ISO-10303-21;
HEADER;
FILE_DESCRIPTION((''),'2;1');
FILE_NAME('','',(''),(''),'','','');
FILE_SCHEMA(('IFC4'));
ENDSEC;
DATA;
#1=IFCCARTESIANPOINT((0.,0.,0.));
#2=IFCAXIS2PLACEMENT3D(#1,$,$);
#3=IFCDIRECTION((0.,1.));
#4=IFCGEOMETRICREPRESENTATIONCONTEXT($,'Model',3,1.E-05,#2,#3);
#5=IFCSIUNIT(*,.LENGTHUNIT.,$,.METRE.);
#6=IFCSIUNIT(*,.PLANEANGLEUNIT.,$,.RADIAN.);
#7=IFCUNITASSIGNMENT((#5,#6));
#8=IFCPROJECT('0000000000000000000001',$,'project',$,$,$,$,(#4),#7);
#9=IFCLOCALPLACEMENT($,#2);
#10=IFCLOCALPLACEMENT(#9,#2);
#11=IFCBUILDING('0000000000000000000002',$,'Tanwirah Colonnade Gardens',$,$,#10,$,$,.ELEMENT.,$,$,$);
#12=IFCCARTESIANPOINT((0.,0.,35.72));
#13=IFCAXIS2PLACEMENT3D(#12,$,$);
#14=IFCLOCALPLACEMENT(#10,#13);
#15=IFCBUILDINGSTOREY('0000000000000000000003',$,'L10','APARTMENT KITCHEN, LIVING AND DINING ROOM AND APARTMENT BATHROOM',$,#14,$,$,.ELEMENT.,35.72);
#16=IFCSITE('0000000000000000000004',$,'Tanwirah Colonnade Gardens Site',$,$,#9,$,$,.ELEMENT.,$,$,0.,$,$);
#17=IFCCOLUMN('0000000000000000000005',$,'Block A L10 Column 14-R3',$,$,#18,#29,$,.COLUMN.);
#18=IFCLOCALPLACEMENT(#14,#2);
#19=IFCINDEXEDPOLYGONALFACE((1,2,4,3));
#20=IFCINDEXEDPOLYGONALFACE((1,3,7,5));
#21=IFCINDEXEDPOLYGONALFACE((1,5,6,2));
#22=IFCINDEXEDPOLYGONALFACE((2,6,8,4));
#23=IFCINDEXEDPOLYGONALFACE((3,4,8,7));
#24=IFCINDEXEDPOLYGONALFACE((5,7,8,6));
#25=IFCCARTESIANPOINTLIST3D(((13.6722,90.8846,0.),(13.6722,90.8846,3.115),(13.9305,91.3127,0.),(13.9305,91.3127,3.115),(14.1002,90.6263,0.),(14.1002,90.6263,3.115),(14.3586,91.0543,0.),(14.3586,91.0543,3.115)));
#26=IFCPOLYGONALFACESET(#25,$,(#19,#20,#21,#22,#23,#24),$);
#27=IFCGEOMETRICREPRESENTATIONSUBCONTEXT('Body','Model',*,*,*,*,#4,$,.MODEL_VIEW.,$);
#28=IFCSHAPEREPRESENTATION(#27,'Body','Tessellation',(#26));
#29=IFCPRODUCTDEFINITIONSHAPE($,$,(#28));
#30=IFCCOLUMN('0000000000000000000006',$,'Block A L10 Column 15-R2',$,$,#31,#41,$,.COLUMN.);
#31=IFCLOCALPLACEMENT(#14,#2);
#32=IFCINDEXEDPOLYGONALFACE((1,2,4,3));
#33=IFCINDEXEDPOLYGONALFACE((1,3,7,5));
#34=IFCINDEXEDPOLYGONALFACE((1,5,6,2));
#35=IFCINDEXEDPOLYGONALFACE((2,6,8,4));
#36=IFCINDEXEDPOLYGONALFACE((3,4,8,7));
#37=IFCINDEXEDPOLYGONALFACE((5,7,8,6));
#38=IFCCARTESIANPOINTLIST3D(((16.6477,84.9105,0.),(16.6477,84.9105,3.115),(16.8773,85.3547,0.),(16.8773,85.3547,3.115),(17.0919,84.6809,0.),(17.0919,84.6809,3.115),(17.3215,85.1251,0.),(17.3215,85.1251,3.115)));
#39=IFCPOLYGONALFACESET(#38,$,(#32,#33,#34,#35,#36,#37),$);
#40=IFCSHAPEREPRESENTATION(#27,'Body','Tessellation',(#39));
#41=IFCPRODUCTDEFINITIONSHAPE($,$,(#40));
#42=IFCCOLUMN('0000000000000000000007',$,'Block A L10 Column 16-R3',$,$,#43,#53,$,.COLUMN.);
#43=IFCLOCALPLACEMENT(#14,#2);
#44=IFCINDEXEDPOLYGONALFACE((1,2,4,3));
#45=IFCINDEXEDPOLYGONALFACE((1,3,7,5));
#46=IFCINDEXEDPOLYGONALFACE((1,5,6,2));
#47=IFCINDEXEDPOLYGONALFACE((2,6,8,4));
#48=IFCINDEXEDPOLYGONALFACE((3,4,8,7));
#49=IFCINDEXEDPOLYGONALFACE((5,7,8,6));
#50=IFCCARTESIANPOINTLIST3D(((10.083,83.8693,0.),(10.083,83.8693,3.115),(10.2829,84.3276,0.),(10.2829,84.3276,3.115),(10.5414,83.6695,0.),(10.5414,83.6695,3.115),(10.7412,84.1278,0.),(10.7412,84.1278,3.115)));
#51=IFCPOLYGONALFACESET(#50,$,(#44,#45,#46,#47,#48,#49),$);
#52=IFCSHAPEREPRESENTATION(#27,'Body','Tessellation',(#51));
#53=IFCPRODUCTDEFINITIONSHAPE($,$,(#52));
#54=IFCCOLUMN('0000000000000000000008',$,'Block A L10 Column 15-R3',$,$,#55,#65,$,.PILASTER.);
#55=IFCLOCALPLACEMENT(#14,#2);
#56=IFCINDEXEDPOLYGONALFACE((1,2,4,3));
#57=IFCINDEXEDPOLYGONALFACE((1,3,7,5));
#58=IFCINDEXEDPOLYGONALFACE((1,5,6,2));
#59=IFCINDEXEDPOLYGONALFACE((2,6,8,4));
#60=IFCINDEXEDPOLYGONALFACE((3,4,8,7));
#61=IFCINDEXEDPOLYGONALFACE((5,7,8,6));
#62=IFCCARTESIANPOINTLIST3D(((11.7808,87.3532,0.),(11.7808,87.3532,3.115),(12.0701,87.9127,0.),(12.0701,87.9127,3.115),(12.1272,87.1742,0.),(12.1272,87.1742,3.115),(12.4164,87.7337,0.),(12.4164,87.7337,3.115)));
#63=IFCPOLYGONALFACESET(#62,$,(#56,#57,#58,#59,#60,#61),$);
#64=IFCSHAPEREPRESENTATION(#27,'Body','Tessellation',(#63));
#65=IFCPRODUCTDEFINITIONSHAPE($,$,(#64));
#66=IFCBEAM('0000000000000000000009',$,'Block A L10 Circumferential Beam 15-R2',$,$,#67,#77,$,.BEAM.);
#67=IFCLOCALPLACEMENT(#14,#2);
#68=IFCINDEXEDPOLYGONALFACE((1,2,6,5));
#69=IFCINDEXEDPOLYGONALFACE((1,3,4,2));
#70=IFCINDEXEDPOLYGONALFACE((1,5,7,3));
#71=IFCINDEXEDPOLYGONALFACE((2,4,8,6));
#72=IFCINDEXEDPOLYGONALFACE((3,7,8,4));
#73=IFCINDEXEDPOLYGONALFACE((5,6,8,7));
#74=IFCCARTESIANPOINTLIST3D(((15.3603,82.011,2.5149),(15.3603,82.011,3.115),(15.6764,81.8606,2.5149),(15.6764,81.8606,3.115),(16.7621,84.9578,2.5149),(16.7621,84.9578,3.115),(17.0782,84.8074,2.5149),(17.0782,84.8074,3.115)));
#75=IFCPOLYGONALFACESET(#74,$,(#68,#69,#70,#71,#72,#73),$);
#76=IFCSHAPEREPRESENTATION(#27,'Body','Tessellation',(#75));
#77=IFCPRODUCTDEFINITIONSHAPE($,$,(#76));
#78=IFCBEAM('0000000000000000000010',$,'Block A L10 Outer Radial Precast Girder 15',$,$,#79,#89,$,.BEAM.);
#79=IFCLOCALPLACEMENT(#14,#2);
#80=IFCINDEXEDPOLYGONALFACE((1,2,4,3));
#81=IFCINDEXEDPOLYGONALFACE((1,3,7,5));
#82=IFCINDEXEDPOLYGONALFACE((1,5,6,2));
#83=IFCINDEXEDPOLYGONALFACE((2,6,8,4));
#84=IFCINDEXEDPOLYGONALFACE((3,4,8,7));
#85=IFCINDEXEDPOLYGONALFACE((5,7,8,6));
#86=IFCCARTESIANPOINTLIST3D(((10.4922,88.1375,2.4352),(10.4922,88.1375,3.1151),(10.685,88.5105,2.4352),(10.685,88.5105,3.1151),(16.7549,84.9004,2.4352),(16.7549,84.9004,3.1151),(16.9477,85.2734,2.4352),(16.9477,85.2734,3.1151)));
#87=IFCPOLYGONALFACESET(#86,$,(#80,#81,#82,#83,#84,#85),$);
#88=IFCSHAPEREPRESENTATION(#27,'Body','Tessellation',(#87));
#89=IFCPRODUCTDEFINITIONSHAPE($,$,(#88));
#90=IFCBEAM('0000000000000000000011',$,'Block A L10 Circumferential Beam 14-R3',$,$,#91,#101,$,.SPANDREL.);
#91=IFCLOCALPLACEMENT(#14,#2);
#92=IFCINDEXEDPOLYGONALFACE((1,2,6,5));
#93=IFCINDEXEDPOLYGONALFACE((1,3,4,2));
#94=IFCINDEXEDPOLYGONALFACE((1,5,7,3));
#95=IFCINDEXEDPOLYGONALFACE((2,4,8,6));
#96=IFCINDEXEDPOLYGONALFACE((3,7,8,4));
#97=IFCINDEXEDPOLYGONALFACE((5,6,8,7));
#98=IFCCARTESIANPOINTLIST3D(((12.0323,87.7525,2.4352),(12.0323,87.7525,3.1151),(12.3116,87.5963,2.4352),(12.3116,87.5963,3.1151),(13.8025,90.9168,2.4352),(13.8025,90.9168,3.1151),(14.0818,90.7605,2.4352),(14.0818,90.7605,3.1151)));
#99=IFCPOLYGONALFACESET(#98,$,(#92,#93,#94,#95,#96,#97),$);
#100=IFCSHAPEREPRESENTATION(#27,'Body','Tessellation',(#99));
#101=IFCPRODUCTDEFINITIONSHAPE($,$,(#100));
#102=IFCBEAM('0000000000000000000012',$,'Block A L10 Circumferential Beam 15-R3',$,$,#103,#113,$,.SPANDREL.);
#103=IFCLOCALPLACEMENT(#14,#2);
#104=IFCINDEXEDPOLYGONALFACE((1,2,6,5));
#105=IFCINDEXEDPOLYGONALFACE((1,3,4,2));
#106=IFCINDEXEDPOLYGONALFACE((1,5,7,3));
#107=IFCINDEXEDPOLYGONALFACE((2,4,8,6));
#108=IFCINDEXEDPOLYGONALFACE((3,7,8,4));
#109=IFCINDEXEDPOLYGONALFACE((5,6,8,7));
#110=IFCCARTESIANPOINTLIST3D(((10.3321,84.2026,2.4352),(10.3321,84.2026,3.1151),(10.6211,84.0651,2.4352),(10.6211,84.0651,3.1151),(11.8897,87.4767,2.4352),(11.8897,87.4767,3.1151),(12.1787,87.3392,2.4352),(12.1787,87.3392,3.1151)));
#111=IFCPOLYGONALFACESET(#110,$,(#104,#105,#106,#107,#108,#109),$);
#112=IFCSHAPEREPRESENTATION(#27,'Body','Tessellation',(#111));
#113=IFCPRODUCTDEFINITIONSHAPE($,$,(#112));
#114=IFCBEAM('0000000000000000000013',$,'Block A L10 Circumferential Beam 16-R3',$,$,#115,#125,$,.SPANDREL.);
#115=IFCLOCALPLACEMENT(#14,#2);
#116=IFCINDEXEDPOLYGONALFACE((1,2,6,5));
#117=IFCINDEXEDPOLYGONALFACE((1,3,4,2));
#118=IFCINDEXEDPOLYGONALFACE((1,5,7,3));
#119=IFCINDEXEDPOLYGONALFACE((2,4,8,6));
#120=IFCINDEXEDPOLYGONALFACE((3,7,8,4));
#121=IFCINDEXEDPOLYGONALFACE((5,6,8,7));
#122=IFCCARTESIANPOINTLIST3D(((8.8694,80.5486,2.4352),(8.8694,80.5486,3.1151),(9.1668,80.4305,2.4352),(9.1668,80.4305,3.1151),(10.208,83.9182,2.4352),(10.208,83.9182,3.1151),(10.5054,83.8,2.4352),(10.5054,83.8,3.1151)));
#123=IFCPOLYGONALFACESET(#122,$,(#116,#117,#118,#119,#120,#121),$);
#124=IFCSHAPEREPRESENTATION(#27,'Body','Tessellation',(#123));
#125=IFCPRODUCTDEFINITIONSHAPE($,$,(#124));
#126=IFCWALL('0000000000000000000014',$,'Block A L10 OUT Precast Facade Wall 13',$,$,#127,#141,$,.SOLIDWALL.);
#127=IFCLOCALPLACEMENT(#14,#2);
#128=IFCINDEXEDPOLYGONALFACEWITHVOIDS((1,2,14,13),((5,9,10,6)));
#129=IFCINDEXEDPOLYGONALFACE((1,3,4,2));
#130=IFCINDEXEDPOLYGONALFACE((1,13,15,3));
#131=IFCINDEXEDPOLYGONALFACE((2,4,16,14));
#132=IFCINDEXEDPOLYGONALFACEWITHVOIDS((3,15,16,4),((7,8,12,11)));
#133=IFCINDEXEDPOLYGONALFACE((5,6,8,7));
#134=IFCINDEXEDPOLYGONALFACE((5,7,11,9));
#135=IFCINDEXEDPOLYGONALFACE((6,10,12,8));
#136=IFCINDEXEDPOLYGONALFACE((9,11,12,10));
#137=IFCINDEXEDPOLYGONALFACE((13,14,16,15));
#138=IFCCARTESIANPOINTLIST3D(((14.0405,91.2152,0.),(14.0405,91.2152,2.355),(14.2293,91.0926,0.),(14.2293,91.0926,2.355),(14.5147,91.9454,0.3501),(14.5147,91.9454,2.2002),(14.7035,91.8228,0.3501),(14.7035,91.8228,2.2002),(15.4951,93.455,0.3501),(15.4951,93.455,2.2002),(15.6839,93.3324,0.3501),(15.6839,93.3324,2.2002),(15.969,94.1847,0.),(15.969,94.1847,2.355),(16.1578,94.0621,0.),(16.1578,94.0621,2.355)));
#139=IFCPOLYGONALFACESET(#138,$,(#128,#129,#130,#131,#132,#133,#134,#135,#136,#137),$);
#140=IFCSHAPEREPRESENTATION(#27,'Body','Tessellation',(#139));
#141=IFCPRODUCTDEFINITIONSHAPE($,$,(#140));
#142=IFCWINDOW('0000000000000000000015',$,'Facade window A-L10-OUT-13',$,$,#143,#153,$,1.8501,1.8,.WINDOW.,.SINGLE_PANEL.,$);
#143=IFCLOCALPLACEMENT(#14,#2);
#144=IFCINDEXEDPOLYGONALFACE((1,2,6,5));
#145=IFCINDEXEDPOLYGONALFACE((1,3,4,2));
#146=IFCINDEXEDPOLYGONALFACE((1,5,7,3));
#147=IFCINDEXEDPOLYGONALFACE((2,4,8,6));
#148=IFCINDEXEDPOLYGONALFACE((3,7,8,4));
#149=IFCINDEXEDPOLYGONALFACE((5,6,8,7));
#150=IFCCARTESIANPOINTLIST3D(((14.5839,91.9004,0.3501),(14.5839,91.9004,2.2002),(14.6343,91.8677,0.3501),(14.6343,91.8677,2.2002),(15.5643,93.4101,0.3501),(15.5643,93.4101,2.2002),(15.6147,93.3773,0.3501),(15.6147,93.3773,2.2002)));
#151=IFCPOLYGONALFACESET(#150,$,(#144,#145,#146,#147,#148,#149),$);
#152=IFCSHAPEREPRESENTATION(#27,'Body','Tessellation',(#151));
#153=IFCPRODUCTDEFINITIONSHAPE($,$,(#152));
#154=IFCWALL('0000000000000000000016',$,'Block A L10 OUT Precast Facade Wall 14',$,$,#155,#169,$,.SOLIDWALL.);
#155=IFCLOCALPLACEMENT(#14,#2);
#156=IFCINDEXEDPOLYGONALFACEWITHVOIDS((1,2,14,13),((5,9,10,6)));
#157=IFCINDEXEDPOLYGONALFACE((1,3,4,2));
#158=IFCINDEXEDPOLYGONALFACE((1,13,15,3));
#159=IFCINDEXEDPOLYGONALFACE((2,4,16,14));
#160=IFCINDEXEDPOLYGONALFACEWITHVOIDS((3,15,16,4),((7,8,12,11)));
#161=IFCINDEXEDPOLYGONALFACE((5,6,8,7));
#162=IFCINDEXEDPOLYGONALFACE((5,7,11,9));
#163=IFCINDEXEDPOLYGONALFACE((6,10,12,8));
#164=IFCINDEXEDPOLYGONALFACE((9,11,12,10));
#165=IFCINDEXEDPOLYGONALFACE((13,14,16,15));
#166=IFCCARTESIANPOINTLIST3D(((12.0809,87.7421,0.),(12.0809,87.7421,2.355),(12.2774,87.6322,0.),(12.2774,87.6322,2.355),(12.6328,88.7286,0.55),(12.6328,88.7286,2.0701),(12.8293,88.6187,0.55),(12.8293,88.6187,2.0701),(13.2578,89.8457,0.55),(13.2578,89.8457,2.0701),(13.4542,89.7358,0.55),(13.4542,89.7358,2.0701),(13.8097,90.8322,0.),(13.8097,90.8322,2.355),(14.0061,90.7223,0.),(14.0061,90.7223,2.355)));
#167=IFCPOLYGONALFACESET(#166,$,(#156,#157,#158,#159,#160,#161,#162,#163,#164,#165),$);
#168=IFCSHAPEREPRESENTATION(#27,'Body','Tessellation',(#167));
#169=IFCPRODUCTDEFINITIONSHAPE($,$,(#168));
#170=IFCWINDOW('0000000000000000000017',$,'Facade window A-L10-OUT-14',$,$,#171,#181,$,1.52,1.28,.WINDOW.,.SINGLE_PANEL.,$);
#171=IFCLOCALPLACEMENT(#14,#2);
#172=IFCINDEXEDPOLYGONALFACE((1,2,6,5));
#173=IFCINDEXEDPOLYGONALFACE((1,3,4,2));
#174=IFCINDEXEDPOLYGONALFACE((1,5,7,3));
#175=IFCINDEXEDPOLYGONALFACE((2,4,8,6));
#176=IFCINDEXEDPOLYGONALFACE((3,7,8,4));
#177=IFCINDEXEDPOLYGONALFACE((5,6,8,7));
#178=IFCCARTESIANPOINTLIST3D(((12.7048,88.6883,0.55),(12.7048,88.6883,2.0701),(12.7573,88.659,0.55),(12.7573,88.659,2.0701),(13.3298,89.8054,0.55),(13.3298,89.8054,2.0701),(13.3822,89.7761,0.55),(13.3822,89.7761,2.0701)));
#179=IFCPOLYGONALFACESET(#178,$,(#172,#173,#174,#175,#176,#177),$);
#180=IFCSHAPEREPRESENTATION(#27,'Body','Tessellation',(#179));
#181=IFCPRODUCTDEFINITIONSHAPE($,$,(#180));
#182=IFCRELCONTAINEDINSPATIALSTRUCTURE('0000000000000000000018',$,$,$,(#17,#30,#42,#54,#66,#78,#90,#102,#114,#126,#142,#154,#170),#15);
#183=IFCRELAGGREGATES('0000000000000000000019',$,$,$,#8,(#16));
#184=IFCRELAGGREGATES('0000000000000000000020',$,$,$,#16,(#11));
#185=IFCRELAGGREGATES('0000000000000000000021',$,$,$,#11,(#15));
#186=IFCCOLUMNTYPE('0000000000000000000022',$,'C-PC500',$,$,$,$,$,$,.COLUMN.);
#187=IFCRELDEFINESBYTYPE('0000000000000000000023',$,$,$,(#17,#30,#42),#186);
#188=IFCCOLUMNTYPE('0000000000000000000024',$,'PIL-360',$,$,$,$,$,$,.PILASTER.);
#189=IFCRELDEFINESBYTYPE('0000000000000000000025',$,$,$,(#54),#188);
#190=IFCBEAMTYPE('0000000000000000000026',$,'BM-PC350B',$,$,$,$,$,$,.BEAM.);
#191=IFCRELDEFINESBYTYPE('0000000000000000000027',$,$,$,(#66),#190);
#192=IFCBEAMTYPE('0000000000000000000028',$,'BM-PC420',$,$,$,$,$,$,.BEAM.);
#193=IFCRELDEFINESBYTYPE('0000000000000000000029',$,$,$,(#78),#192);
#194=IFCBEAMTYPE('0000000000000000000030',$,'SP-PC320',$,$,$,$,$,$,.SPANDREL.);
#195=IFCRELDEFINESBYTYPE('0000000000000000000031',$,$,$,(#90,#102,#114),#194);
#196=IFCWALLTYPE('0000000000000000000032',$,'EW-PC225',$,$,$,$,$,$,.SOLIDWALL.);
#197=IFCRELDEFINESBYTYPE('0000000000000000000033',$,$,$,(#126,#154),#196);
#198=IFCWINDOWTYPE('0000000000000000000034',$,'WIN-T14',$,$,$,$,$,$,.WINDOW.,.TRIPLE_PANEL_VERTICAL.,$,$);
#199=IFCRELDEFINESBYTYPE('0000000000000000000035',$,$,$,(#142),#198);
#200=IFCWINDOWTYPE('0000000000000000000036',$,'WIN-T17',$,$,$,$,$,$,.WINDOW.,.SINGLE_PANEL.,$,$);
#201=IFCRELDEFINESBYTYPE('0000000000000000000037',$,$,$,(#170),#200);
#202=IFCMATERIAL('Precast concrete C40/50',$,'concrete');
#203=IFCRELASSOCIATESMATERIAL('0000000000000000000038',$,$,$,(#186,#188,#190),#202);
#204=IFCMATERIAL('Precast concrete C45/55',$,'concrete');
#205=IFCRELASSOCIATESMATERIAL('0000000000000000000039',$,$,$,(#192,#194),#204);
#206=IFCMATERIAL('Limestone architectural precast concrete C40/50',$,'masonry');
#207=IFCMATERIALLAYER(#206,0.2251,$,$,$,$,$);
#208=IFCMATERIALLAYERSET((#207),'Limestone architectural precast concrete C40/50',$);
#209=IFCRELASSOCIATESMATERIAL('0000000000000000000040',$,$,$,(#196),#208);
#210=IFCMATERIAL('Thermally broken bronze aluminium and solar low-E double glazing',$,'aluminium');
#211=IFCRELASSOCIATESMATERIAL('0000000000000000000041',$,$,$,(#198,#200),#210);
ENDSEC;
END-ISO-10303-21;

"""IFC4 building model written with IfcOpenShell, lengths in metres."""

from ifc_helpers import new_model, si_unit, direction, frame, frame_2d, origin, origin_2d, place, context, subcontext, project, spatial, rectangle, extrude, material, layer, layer_set, material_profile, profile_set, type_object, element, fill, save


model = new_model("IFC4")

# Units and contexts
model_context = context("Model", 3, precision=1e-05, world=origin(), true_north=direction((0.0, 1.0)))
body_context = subcontext(model_context, "Body", "Model", "MODEL_VIEW")
ifc_project = project(units=[si_unit("LENGTHUNIT", "METRE"), si_unit("PLANEANGLEUNIT", "RADIAN")], contexts=[model_context])

# Site, building, storey
site_placement = place(None, origin())
site = spatial("IfcSite", under=ifc_project, at=site_placement, Name="Tanwirah Colonnade Gardens Site", CompositionType="ELEMENT", RefElevation=0.0)
building_placement = place(site_placement, origin())
building = spatial("IfcBuilding", under=site, at=building_placement, Name="Tanwirah Colonnade Gardens", CompositionType="ELEMENT")
storey_placement = place(building_placement, frame((0.0, 0.0, 35.72)))
storey = spatial("IfcBuildingStorey", under=building, at=storey_placement, Name="L10", Description="APARTMENT KITCHEN, LIVING AND DINING ROOM AND APARTMENT BATHROOM", CompositionType="ELEMENT", Elevation=35.72)

# Columns
ifc_material_1 = material(Name="Precast concrete C40/50", Category="concrete")
ifc_material_profile_1 = material_profile(ifc_material_1, rectangle(XDim=0.5, YDim=0.5, at=origin_2d()), Name="PC-COL 500x500")
ifc_profile_set_1 = profile_set([ifc_material_profile_1], Name="Precast concrete C40/50")
column_type_1 = type_object("IfcColumnType", Name="C-PC500", PredefinedType="COLUMN", material=ifc_profile_set_1)
for number, where, z_axis, x_axis, name in (
    (1, (14.0154, 90.9695, 0.0), (0.0, 0.0, 1.0), (-0.856167, 0.516699, 0.0), "Block A L10 Column 14-R3"),
    (2, (16.9846, 85.0178, 0.0), (0.0, 0.0, 1.0), (-0.88835, 0.459166, 0.0), "Block A L10 Column 15-R2"),
    (3, (10.4121, 83.9985, 0.0), (0.0, 0.0, 1.0), (-0.916673, 0.399638, 0.0), "Block A L10 Column 16-R3"),
):
    element("IfcColumn", number, at=place(storey_placement, frame(where, z_axis=z_axis, x_axis=x_axis)), inside=storey, type_object=column_type_1, Name=name, PredefinedType="COLUMN", context=body_context, shape_type="SweptSolid", body=[
        extrude(rectangle(XDim=0.5, YDim=0.5, at=origin_2d()), origin(), (0.0, 0.0, 1.0), 3.115),
    ])
ifc_material_profile_2 = material_profile(ifc_material_1, rectangle(XDim=0.3899, YDim=0.6299, at=origin_2d()), Name="PC-PIL 390x630")
ifc_profile_set_2 = profile_set([ifc_material_profile_2], Name="Precast concrete C40/50")
column_type_2 = type_object("IfcColumnType", Name="PIL-360", PredefinedType="PILASTER", material=ifc_profile_set_2)
column_placement = place(storey_placement, frame((12.0986, 87.5435, 0.0), z_axis=(0.0, 0.0, 1.0), x_axis=(-0.88835, 0.459166, 0.0)))
element("IfcColumn", 4, at=column_placement, inside=storey, type_object=column_type_2, Name="Block A L10 Column 15-R3", PredefinedType="PILASTER", context=body_context, shape_type="SweptSolid", body=[
    extrude(rectangle(XDim=0.3899, YDim=0.6299, at=origin_2d()), origin(), (0.0, 0.0, 1.0), 3.115),
])

# Beams
ifc_material_profile_3 = material_profile(ifc_material_1, rectangle(XDim=0.3501, YDim=0.6001, at=origin_2d()), Name="PC-BM 350x600")
ifc_profile_set_3 = profile_set([ifc_material_profile_3], Name="Precast concrete C40/50")
beam_type_1 = type_object("IfcBeamType", Name="BM-PC350B", PredefinedType="BEAM", material=ifc_profile_set_3)
beam_1_placement = place(storey_placement, frame((16.9202, 84.8826, 2.8149), z_axis=(-0.429591, -0.903024, 0.0), x_axis=(0.903024, -0.429591, 0.0)))
element("IfcBeam", 5, at=beam_1_placement, inside=storey, type_object=beam_type_1, Name="Block A L10 Circumferential Beam 15-R2", PredefinedType="BEAM", context=body_context, shape_type="SweptSolid", body=[
    extrude(rectangle(XDim=0.3501, YDim=0.6001, at=origin_2d()), origin(), (0.0, 0.0, 1.0), 3.2632),
])
ifc_material_2 = material(Name="Precast concrete C45/55", Category="concrete")
ifc_material_profile_4 = material_profile(ifc_material_2, rectangle(XDim=0.4199, YDim=0.6799, at=origin_2d()), Name="PC-BM 420x680")
ifc_profile_set_4 = profile_set([ifc_material_profile_4], Name="Precast concrete C45/55")
beam_type_2 = type_object("IfcBeamType", Name="BM-PC420", PredefinedType="BEAM", material=ifc_profile_set_4)
beam_2_placement = place(storey_placement, frame((16.8513, 85.0869, 2.7751), z_axis=(-0.888349, 0.459169, 0.0), x_axis=(-0.459169, -0.888349, 0.0)))
element("IfcBeam", 6, at=beam_2_placement, inside=storey, type_object=beam_type_2, Name="Block A L10 Outer Radial Precast Girder 15", PredefinedType="BEAM", context=body_context, shape_type="SweptSolid", body=[
    extrude(rectangle(XDim=0.4199, YDim=0.6799, at=origin_2d()), origin(), (0.0, 0.0, 1.0), 7.0498),
])
ifc_material_profile_5 = material_profile(ifc_material_2, rectangle(XDim=0.3201, YDim=0.6799, at=origin_2d()), Name="PC-SP 320x680")
ifc_profile_set_5 = profile_set([ifc_material_profile_5], Name="Precast concrete C45/55")
beam_type_3 = type_object("IfcBeamType", Name="SP-PC320", PredefinedType="SPANDREL", material=ifc_profile_set_5)
for number, where, z_axis, x_axis, name in (
    (7, (13.9421, 90.8386, 2.7751), (-0.488236, -0.872711, 0.0), (0.872711, -0.488236, 0.0), "Block A L10 Circumferential Beam 14-R3"),
    (8, (12.0342, 87.408, 2.7751), (-0.429594, -0.903022, 0.0), (0.903022, -0.429594, 0.0), "Block A L10 Circumferential Beam 15-R3"),
    (9, (10.3567, 83.8591, 2.7751), (-0.369195, -0.929352, 0.0), (0.929352, -0.369195, 0.0), "Block A L10 Circumferential Beam 16-R3"),
):
    element("IfcBeam", number, at=place(storey_placement, frame(where, z_axis=z_axis, x_axis=x_axis)), inside=storey, type_object=beam_type_3, Name=name, PredefinedType="SPANDREL", context=body_context, shape_type="SweptSolid", body=[
        extrude(rectangle(XDim=0.3201, YDim=0.6799, at=origin_2d()), origin(), (0.0, 0.0, 1.0), 3.6257),
    ])

# Walls, openings, windows
ifc_material_3 = material(Name="Limestone architectural precast concrete C40/50", Category="masonry")
ifc_layer_1 = layer(ifc_material_3, 0.2251)
ifc_layer_set_1 = layer_set([ifc_layer_1], Name="Limestone architectural precast concrete C40/50")
wall_type_1 = type_object("IfcWallType", Name="EW-PC225", PredefinedType="SOLIDWALL", material=ifc_layer_set_1)
wall_1_placement = place(storey_placement, frame((16.0635, 94.1235, 0.0), z_axis=(0.0, 0.0, 1.0), x_axis=(-0.544651, -0.838663, 0.0)))
wall_1 = element("IfcWall", 10, at=wall_1_placement, inside=storey, type_object=wall_type_1, Name="Block A L10 OUT Precast Facade Wall 13", PredefinedType="SOLIDWALL", context=body_context, shape_type="SweptSolid", body=[
    extrude(rectangle(XDim=3.5408, YDim=0.2251, at=frame_2d((1.7705, 0.0))), origin(), (0.0, 0.0, 1.0), 2.355),
])
opening_1_placement = place(wall_1_placement, frame((0.8704, 0.0, 0.3501)))
opening_1 = element("IfcOpeningElement", 11, at=opening_1_placement, cuts=wall_1, PredefinedType="OPENING", context=body_context, shape_type="SweptSolid", body=[
    extrude(rectangle(XDim=1.8, YDim=1.8501, at=frame_2d((0.8999, 0.925))), frame((0.0, 0.1226, 0.0), z_axis=(0.0, -1.0, 0.0), x_axis=(1.0, 0.0, 0.0)), (0.0, 0.0, 1.0), 0.2451),
])
ifc_material_4 = material(Name="Thermally broken bronze aluminium and solar low-E double glazing", Category="aluminium")
window_type_1 = type_object("IfcWindowType", Name="WIN-T14", PartitioningType="TRIPLE_PANEL_VERTICAL", PredefinedType="WINDOW", material=ifc_material_4)
window_1_placement = place(opening_1_placement, origin())
window_1 = element("IfcWindow", 12, at=window_1_placement, inside=storey, type_object=window_type_1, Name="Facade window A-L10-OUT-13", OverallHeight=1.8501, OverallWidth=1.8, PartitioningType="SINGLE_PANEL", PredefinedType="WINDOW", context=body_context, shape_type="SweptSolid", body=[
    extrude(rectangle(XDim=1.8, YDim=1.8501, at=frame_2d((0.8999, 0.925))), frame((0.0, 0.03, 0.0), z_axis=(0.0, -1.0, 0.0), x_axis=(1.0, 0.0, 0.0)), (0.0, 0.0, 1.0), 0.0601),
])
fill(opening_1, window_1)
wall_2_placement = place(storey_placement, frame((13.908, 90.7773, 0.0), z_axis=(0.0, 0.0, 1.0), x_axis=(-0.48824, -0.872709, 0.0)))
wall_2 = element("IfcWall", 13, at=wall_2_placement, inside=storey, type_object=wall_type_1, Name="Block A L10 OUT Precast Facade Wall 14", PredefinedType="SOLIDWALL", context=body_context, shape_type="SweptSolid", body=[
    extrude(rectangle(XDim=3.5408, YDim=0.2251, at=frame_2d((1.7705, 0.0))), origin(), (0.0, 0.0, 1.0), 2.355),
])
opening_2_placement = place(wall_2_placement, frame((1.1304, 0.0, 0.55)))
opening_2 = element("IfcOpeningElement", 14, at=opening_2_placement, cuts=wall_2, PredefinedType="OPENING", context=body_context, shape_type="SweptSolid", body=[
    extrude(rectangle(XDim=1.28, YDim=1.52, at=frame_2d((0.6401, 0.76))), frame((0.0, 0.1226, 0.0), z_axis=(0.0, -1.0, 0.0), x_axis=(1.0, 0.0, 0.0)), (0.0, 0.0, 1.0), 0.2451),
])
window_type_2 = type_object("IfcWindowType", Name="WIN-T17", PartitioningType="SINGLE_PANEL", PredefinedType="WINDOW", material=ifc_material_4)
window_2_placement = place(opening_2_placement, origin())
window_2 = element("IfcWindow", 15, at=window_2_placement, inside=storey, type_object=window_type_2, Name="Facade window A-L10-OUT-14", OverallHeight=1.52, OverallWidth=1.28, PartitioningType="SINGLE_PANEL", PredefinedType="WINDOW", context=body_context, shape_type="SweptSolid", body=[
    extrude(rectangle(XDim=1.28, YDim=1.52, at=frame_2d((0.6401, 0.76))), frame((0.0, 0.03, 0.0), z_axis=(0.0, -1.0, 0.0), x_axis=(1.0, 0.0, 0.0)), (0.0, 0.0, 1.0), 0.0601),
])
fill(opening_2, window_2)

save(model, "model.ifc")
